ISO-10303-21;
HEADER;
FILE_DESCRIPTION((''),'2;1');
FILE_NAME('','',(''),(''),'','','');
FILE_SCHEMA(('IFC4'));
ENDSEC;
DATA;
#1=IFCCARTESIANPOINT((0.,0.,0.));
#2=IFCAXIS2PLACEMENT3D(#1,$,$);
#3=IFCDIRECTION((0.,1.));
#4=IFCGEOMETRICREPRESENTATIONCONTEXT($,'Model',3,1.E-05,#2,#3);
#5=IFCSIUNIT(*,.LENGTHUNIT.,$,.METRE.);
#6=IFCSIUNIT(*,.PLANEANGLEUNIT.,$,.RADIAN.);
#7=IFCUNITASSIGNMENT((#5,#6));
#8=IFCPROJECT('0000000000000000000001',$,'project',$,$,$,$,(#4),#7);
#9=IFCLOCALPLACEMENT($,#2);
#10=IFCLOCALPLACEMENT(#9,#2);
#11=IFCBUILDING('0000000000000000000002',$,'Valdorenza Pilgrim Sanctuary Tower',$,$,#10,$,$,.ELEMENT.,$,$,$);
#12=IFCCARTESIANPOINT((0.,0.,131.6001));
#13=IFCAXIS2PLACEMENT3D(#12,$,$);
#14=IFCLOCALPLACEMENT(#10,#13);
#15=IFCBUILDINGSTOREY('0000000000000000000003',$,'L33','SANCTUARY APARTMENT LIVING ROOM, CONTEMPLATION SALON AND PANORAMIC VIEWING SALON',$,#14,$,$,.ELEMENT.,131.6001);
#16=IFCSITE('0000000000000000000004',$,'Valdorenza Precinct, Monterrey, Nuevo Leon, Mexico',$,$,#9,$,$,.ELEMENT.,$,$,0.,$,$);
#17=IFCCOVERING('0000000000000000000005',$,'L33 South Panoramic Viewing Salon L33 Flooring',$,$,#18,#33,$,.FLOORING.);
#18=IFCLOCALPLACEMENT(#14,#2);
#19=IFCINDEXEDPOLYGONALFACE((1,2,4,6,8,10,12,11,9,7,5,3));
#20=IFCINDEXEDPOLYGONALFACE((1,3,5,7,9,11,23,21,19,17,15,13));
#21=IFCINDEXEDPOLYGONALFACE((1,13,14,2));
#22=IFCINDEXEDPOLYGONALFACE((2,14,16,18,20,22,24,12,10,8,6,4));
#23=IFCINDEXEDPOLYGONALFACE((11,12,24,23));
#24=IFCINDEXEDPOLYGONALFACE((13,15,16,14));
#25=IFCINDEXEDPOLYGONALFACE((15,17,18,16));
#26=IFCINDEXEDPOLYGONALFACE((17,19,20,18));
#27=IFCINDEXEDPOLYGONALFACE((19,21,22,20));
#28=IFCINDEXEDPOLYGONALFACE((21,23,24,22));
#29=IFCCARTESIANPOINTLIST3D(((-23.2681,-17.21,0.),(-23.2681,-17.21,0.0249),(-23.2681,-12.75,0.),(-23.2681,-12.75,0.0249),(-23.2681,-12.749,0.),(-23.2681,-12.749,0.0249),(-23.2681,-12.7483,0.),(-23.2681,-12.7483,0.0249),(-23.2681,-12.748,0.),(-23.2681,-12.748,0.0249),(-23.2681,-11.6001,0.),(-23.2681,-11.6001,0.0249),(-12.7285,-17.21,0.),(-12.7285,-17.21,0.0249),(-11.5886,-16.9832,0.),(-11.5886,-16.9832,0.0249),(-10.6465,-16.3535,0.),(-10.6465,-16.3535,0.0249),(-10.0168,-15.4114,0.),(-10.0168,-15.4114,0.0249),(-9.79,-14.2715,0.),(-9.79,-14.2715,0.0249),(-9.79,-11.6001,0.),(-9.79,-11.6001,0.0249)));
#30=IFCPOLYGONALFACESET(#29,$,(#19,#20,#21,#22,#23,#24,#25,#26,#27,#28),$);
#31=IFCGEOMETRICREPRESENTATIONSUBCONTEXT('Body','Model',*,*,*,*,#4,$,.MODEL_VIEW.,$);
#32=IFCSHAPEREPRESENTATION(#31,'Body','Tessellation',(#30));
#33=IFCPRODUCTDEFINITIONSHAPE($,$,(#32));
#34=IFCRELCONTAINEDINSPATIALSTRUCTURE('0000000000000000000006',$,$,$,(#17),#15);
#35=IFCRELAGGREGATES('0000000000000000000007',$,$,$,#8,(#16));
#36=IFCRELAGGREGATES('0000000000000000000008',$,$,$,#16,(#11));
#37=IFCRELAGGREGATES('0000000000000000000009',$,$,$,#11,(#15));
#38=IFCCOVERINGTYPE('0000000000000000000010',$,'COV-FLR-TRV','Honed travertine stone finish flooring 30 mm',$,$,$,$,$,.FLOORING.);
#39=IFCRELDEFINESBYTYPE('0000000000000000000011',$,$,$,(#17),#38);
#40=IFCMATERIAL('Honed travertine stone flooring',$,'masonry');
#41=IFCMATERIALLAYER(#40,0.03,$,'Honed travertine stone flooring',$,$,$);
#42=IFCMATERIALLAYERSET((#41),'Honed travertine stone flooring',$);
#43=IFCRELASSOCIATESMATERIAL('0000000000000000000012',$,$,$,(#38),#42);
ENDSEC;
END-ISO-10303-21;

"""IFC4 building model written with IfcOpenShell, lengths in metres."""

from ifc_helpers import new_model, si_unit, direction, frame, origin, place, context, subcontext, project, spatial, polyline, outline, extrude, material, layer, layer_set, type_object, element, save


model = new_model("IFC4")

# Units and contexts
model_context = context("Model", 3, precision=1e-05, world=origin(), true_north=direction((0.0, 1.0)))
body_context = subcontext(model_context, "Body", "Model", "MODEL_VIEW")
ifc_project = project(units=[si_unit("LENGTHUNIT", "METRE"), si_unit("PLANEANGLEUNIT", "RADIAN")], contexts=[model_context])

# Site, building, storey
site_placement = place(None, origin())
site = spatial("IfcSite", under=ifc_project, at=site_placement, Name="Valdorenza Precinct, Monterrey, Nuevo Leon, Mexico", CompositionType="ELEMENT", RefElevation=0.0)
building_placement = place(site_placement, origin())
building = spatial("IfcBuilding", under=site, at=building_placement, Name="Valdorenza Pilgrim Sanctuary Tower", CompositionType="ELEMENT")
storey_placement = place(building_placement, frame((0.0, 0.0, 131.6001)))
storey = spatial("IfcBuildingStorey", under=building, at=storey_placement, Name="L33", Description="SANCTUARY APARTMENT LIVING ROOM, CONTEMPLATION SALON AND PANORAMIC VIEWING SALON", CompositionType="ELEMENT", Elevation=131.6001)

# Covering
ifc_material_1 = material(Name="Honed travertine stone flooring", Category="masonry")
ifc_layer_1 = layer(ifc_material_1, 0.03, Name="Honed travertine stone flooring")
ifc_layer_set_1 = layer_set([ifc_layer_1], Name="Honed travertine stone flooring")
covering_type_1 = type_object("IfcCoveringType", Name="COV-FLR-TRV", Description="Honed travertine stone finish flooring 30 mm", PredefinedType="FLOORING", material=ifc_layer_set_1)
covering_1_placement = place(storey_placement, origin())
element("IfcCovering", 1, at=covering_1_placement, inside=storey, type_object=covering_type_1, Name="L33 South Panoramic Viewing Salon L33 Flooring", PredefinedType="FLOORING", context=body_context, shape_type="SweptSolid", body=[
    extrude(outline(polyline([(-23.2681, -12.7483), (-23.2681, -12.748), (-23.2681, -11.6001), (-9.79, -11.6001), (-9.79, -14.2715), (-10.0168, -15.4114), (-10.6465, -16.3535), (-11.5886, -16.9832), (-12.7285, -17.21), (-23.2681, -17.21), (-23.2681, -12.75), (-23.2681, -12.749), (-23.2681, -12.7483)])), origin(), (0.0, 0.0, 1.0), 0.0249),
])

save(model, "model.ifc")
